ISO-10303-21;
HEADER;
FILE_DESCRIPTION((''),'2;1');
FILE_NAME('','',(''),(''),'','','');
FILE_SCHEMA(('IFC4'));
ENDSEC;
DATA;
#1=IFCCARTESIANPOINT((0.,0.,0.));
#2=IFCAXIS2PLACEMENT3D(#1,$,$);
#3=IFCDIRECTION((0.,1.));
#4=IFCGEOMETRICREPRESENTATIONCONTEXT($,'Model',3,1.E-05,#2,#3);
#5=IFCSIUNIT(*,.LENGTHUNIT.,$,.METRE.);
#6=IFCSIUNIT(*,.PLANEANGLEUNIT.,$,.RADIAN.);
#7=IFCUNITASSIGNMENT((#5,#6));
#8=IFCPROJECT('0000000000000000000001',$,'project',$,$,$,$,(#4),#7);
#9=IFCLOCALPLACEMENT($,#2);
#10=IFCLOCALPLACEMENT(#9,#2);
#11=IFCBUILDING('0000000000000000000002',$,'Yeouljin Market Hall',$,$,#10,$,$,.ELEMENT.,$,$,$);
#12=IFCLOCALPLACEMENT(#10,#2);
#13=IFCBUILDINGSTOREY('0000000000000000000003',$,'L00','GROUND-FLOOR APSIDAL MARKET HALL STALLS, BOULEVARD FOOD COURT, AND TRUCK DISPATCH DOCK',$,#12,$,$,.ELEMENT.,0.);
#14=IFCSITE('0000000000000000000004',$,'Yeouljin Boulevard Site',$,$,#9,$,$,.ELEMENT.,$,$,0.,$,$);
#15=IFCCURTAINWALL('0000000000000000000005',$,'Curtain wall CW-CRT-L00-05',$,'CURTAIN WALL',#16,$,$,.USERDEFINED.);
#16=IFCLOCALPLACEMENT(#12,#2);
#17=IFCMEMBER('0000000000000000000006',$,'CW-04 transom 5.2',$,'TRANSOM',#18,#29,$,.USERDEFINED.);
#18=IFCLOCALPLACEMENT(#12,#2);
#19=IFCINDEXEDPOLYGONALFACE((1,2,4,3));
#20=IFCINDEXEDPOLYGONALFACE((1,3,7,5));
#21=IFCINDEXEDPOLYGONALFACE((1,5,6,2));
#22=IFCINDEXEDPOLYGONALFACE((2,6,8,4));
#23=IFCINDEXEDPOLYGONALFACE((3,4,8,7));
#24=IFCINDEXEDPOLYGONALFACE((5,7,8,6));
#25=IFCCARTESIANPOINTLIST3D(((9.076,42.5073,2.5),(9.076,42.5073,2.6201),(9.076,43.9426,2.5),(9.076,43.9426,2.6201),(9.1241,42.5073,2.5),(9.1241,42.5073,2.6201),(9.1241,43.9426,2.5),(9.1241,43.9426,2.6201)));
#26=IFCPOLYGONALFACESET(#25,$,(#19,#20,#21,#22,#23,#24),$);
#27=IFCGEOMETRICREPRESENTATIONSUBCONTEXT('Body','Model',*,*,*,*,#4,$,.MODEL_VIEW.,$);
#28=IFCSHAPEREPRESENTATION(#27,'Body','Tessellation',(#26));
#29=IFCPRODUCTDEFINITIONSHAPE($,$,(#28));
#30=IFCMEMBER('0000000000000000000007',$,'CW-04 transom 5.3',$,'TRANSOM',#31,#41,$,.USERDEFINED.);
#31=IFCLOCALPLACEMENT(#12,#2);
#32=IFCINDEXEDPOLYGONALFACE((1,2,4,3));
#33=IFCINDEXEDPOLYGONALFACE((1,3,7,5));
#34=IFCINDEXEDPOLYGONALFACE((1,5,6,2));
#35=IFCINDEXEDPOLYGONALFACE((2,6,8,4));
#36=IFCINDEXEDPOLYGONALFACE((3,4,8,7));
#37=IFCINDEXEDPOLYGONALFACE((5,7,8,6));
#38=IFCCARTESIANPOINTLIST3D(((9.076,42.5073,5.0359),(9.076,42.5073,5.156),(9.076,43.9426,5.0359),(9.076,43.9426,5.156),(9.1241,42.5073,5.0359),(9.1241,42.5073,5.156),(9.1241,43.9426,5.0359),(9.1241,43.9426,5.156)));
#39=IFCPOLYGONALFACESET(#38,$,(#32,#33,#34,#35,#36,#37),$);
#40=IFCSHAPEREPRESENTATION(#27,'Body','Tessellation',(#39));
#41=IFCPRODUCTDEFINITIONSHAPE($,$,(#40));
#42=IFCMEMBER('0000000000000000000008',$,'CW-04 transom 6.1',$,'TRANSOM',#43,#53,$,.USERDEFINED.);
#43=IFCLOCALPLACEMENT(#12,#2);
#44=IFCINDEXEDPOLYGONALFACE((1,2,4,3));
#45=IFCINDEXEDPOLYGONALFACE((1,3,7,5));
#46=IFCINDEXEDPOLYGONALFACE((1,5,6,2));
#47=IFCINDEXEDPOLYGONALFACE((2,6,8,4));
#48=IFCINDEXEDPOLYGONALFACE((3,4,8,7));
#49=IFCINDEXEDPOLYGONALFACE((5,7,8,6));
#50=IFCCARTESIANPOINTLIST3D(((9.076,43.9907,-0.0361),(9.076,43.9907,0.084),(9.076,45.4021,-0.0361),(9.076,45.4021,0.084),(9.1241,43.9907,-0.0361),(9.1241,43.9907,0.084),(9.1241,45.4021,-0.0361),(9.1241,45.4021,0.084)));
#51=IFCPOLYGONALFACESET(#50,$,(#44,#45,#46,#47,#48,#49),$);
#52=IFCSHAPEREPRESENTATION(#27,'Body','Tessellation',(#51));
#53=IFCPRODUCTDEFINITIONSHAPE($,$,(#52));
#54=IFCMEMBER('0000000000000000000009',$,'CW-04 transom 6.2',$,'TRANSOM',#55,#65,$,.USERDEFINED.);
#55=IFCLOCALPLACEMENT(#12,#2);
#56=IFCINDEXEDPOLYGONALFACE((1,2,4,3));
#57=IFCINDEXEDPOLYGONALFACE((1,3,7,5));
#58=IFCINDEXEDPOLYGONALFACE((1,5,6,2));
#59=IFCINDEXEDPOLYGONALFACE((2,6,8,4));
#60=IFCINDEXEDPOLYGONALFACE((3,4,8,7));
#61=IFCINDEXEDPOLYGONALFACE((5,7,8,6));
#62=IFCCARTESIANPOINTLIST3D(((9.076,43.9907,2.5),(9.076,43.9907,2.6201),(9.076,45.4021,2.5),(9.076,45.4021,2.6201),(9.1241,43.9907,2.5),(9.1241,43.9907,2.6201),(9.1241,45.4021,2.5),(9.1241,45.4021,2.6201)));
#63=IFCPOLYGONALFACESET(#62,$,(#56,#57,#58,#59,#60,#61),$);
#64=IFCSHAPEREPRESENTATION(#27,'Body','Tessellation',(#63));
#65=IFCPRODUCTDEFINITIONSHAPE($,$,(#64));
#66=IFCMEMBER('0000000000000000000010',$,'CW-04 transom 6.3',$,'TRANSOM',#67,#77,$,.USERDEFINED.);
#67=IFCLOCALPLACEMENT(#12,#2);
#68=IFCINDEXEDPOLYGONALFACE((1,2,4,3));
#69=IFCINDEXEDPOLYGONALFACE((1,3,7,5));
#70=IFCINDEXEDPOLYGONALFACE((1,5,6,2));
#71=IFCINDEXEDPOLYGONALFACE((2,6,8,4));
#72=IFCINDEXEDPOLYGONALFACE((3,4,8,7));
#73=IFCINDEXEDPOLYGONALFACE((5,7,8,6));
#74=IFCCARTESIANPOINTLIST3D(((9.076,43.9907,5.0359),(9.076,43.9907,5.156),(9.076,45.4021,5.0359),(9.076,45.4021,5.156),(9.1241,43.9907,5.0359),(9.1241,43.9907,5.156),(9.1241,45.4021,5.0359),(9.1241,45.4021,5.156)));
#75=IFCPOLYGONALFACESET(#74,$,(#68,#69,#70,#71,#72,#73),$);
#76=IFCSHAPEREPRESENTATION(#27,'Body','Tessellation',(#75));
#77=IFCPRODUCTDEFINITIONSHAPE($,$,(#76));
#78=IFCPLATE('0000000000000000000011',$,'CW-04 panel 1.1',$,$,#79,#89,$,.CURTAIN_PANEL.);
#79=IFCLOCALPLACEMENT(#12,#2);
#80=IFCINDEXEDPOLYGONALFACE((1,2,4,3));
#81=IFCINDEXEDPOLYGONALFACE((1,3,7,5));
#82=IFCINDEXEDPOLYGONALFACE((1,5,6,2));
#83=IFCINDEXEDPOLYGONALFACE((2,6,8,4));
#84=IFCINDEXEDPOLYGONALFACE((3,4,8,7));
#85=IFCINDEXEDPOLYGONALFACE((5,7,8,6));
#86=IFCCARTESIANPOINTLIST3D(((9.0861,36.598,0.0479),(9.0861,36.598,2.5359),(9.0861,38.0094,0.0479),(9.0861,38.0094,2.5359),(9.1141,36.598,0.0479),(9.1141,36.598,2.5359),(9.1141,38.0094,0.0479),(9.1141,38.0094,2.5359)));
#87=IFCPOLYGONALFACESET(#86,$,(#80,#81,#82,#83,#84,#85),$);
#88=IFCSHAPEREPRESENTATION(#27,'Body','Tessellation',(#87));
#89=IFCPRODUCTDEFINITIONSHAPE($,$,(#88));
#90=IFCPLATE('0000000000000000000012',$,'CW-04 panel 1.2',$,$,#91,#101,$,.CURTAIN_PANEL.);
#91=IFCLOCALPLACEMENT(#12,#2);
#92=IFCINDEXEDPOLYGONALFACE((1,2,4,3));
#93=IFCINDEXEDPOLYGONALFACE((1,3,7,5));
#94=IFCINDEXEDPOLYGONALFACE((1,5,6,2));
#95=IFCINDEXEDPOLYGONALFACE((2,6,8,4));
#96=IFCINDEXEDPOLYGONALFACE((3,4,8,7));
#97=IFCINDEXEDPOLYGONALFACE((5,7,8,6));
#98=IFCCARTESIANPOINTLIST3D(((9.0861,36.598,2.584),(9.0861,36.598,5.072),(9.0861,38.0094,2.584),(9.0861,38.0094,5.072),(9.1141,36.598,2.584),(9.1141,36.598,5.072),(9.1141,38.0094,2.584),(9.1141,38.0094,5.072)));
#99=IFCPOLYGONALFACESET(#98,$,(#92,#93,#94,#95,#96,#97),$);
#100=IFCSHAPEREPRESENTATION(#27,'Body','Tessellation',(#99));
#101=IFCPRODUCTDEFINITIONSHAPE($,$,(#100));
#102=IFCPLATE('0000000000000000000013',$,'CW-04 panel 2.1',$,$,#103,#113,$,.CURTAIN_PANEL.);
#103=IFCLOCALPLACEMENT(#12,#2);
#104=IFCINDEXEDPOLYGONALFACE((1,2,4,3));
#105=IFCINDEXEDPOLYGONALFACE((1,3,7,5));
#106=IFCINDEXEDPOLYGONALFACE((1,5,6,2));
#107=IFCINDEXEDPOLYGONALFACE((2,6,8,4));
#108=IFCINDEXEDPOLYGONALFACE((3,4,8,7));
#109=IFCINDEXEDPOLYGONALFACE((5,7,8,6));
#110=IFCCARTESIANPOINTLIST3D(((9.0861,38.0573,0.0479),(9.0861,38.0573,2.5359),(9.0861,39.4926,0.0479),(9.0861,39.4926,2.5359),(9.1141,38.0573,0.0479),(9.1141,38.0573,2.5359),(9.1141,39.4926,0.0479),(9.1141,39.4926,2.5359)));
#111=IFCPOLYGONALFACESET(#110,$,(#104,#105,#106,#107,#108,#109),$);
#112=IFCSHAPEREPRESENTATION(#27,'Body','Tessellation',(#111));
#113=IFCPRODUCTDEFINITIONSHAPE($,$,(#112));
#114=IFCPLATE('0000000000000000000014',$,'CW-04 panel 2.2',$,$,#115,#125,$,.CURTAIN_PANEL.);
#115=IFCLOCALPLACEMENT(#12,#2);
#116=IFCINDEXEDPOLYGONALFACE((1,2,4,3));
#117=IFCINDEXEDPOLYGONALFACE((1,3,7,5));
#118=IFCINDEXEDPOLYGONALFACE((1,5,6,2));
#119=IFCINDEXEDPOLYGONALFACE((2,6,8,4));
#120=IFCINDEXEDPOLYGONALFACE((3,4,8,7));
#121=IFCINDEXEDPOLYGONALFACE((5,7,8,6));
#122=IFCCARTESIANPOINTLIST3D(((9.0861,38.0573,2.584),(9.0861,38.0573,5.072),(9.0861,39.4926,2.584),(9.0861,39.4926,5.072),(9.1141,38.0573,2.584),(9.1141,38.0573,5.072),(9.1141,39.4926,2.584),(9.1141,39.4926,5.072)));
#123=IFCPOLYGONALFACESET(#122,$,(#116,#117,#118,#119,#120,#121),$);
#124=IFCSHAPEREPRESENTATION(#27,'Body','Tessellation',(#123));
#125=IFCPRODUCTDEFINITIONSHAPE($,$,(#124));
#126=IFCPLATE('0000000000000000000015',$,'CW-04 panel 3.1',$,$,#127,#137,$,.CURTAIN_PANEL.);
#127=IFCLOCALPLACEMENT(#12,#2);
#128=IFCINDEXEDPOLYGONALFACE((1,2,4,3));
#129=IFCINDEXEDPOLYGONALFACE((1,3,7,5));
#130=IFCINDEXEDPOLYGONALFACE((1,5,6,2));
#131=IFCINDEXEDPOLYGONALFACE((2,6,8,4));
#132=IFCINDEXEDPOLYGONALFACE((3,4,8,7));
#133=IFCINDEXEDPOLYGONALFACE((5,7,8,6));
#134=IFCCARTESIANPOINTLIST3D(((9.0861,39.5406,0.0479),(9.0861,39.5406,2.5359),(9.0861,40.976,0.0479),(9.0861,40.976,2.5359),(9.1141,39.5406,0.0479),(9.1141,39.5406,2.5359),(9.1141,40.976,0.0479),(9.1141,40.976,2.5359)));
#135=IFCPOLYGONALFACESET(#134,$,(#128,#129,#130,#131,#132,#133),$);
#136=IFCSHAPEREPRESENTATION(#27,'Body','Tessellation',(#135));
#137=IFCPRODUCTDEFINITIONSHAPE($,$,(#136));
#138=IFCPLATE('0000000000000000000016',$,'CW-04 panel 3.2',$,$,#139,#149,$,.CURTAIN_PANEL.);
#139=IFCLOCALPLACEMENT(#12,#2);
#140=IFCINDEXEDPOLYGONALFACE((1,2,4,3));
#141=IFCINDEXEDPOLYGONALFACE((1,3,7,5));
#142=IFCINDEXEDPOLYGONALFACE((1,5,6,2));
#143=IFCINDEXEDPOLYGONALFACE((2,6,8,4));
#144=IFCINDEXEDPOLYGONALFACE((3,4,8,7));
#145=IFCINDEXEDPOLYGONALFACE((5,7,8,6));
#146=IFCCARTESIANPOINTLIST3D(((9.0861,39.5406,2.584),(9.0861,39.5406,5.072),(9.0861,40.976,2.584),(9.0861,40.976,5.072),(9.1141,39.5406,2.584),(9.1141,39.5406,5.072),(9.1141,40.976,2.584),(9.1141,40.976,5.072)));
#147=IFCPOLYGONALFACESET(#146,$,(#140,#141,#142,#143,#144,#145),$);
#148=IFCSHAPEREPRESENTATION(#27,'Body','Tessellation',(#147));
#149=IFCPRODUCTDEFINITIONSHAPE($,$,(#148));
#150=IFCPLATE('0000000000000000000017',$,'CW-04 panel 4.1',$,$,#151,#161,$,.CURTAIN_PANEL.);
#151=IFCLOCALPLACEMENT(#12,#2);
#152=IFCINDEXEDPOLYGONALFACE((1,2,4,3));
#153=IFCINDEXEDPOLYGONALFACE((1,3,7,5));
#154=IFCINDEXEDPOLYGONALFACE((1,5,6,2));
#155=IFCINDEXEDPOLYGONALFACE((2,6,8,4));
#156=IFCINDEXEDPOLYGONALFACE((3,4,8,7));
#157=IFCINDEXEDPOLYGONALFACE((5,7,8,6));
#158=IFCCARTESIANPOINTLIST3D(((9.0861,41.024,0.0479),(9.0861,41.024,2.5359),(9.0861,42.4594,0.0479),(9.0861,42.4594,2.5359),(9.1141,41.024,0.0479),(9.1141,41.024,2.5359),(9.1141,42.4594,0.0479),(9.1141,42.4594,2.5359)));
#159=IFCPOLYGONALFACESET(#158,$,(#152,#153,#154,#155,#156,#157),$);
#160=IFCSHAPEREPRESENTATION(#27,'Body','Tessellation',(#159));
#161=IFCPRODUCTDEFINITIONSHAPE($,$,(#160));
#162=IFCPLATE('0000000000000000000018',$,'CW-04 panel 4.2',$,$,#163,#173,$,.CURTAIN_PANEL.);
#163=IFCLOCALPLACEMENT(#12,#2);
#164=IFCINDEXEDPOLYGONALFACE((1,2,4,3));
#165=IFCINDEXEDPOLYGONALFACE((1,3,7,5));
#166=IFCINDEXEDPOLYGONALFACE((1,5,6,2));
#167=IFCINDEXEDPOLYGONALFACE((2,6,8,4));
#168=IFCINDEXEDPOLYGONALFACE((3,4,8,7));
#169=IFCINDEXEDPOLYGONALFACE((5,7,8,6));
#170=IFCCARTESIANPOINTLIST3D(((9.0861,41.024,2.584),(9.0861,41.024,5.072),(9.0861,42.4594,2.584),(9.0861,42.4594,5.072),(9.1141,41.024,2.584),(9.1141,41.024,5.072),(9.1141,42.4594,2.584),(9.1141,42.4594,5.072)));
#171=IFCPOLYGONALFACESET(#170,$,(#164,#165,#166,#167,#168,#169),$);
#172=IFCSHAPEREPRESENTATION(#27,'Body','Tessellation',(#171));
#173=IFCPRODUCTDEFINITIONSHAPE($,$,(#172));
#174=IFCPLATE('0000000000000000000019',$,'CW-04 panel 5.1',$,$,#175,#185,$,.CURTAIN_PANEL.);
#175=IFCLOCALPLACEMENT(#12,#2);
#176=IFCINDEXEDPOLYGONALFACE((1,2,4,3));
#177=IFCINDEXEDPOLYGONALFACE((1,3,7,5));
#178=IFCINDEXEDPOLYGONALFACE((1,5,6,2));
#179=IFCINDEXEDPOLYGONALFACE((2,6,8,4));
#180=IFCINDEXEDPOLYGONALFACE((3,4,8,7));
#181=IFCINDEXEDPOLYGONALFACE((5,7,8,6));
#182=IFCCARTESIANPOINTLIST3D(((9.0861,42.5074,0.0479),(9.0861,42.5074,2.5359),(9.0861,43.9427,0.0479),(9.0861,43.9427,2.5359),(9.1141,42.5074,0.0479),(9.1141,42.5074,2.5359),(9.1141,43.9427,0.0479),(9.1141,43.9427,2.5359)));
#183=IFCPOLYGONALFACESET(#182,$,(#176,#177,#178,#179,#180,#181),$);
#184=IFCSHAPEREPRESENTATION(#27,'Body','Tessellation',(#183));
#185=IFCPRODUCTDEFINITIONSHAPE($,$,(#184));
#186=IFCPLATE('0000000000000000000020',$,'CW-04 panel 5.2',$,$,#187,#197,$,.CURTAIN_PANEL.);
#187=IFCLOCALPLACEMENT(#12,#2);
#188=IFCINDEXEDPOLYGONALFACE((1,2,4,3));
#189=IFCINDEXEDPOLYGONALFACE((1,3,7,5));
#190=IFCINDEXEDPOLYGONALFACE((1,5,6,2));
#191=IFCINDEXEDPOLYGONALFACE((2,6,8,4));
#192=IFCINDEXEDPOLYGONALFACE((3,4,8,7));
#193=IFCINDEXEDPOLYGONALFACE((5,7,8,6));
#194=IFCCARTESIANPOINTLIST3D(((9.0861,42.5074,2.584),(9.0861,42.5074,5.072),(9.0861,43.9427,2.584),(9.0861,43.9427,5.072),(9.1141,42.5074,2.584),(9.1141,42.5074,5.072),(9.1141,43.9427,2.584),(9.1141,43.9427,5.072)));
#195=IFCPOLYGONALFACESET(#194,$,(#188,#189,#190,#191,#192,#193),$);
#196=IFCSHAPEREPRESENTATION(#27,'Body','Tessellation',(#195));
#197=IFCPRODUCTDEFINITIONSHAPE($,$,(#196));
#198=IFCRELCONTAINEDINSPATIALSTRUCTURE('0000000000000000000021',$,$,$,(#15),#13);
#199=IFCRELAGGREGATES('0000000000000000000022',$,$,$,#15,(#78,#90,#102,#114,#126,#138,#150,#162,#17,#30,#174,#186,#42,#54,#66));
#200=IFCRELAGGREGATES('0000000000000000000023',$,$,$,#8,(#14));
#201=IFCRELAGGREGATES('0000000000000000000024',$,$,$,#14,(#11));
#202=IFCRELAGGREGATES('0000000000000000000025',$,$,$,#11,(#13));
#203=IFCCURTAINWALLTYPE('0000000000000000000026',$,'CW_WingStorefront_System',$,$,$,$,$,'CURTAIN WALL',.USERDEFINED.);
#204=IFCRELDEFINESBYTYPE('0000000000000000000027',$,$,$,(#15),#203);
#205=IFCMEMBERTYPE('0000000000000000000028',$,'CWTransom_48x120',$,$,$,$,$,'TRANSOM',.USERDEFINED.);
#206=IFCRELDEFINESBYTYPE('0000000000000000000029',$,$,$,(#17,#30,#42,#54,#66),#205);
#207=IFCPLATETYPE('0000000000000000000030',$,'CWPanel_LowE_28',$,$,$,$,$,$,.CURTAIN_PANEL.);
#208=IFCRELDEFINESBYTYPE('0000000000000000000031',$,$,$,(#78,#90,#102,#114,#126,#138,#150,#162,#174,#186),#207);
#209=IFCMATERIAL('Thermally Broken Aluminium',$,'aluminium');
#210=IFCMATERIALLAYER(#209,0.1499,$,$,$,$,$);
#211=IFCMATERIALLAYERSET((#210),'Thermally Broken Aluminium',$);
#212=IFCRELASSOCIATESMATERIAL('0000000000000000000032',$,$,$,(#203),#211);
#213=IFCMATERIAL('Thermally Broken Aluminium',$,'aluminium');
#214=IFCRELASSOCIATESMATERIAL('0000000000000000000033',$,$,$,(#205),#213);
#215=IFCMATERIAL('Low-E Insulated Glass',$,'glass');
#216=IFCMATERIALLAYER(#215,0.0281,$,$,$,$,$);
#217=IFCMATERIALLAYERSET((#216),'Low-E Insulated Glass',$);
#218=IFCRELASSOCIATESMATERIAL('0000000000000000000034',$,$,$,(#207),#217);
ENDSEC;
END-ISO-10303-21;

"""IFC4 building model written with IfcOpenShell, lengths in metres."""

from ifc_helpers import new_model, si_unit, direction, frame, origin, origin_2d, place, context, subcontext, project, spatial, rectangle, extrude, material, layer, layer_set, material_profile, profile_set, type_object, element, aggregate, save


model = new_model("IFC4")

# Units and contexts
model_context = context("Model", 3, precision=1e-05, world=origin(), true_north=direction((0.0, 1.0)))
body_context = subcontext(model_context, "Body", "Model", "MODEL_VIEW")
ifc_project = project(units=[si_unit("LENGTHUNIT", "METRE"), si_unit("PLANEANGLEUNIT", "RADIAN")], contexts=[model_context])

# Site, building, storey
site_placement = place(None, origin())
site = spatial("IfcSite", under=ifc_project, at=site_placement, Name="Yeouljin Boulevard Site", CompositionType="ELEMENT", RefElevation=0.0)
building_placement = place(site_placement, origin())
building = spatial("IfcBuilding", under=site, at=building_placement, Name="Yeouljin Market Hall", CompositionType="ELEMENT")
storey_placement = place(building_placement, origin())
storey = spatial("IfcBuildingStorey", under=building, at=storey_placement, Name="L00", Description="GROUND-FLOOR APSIDAL MARKET HALL STALLS, BOULEVARD FOOD COURT, AND TRUCK DISPATCH DOCK", CompositionType="ELEMENT", Elevation=0.0)

# Curtain wall, members, plates
ifc_material_1 = material(Name="Thermally Broken Aluminium", Category="aluminium")
ifc_layer_1 = layer(ifc_material_1, 0.1499)
ifc_layer_set_1 = layer_set([ifc_layer_1], Name="Thermally Broken Aluminium")
curtain_wall_type = type_object("IfcCurtainWallType", Name="CW_WingStorefront_System", ElementType="CURTAIN WALL", PredefinedType="USERDEFINED", material=ifc_layer_set_1)
curtain_wall_placement = place(storey_placement, origin())
curtain_wall = element("IfcCurtainWall", 1, at=curtain_wall_placement, inside=storey, type_object=curtain_wall_type, Name="Curtain wall CW-CRT-L00-05", ObjectType="CURTAIN WALL", PredefinedType="USERDEFINED")
ifc_material_2 = material(Name="Thermally Broken Aluminium", Category="aluminium")
ifc_material_profile_1 = material_profile(ifc_material_2, rectangle(XDim=0.0481, YDim=0.1201, at=origin_2d()), Name="CW-TRAN-48x120")
ifc_profile_set_1 = profile_set([ifc_material_profile_1], Name="Thermally Broken Aluminium")
member_type_1 = type_object("IfcMemberType", Name="CWTransom_48x120", ElementType="TRANSOM", PredefinedType="USERDEFINED", material=ifc_profile_set_1)
member_1_placement = place(storey_placement, frame((9.1001, 42.5073, 2.5601), z_axis=(0.0, 1.0, 0.0), x_axis=(-1.0, 0.0, 0.0)))
member_1 = element("IfcMember", 2, at=member_1_placement, type_object=member_type_1, Name="CW-04 transom 5.2", ObjectType="TRANSOM", PredefinedType="USERDEFINED", context=body_context, shape_type="SweptSolid", body=[
    extrude(rectangle(XDim=0.0481, YDim=0.1201, at=origin_2d()), origin(), (0.0, 0.0, 1.0), 1.4353),
])
member_2_placement = place(storey_placement, frame((9.1001, 42.5073, 5.0959), z_axis=(0.0, 1.0, 0.0), x_axis=(-1.0, 0.0, 0.0)))
member_2 = element("IfcMember", 3, at=member_2_placement, type_object=member_type_1, Name="CW-04 transom 5.3", ObjectType="TRANSOM", PredefinedType="USERDEFINED", context=body_context, shape_type="SweptSolid", body=[
    extrude(rectangle(XDim=0.0481, YDim=0.1201, at=origin_2d()), origin(), (0.0, 0.0, 1.0), 1.4353),
])
member_3_placement = place(storey_placement, frame((9.1001, 43.9907, 0.0239), z_axis=(0.0, 1.0, 0.0), x_axis=(-1.0, 0.0, 0.0)))
member_3 = element("IfcMember", 4, at=member_3_placement, type_object=member_type_1, Name="CW-04 transom 6.1", ObjectType="TRANSOM", PredefinedType="USERDEFINED", context=body_context, shape_type="SweptSolid", body=[
    extrude(rectangle(XDim=0.0481, YDim=0.1201, at=origin_2d()), origin(), (0.0, 0.0, 1.0), 1.4114),
])
member_4_placement = place(storey_placement, frame((9.1001, 43.9907, 2.5601), z_axis=(0.0, 1.0, 0.0), x_axis=(-1.0, 0.0, 0.0)))
member_4 = element("IfcMember", 5, at=member_4_placement, type_object=member_type_1, Name="CW-04 transom 6.2", ObjectType="TRANSOM", PredefinedType="USERDEFINED", context=body_context, shape_type="SweptSolid", body=[
    extrude(rectangle(XDim=0.0481, YDim=0.1201, at=origin_2d()), origin(), (0.0, 0.0, 1.0), 1.4114),
])
member_5_placement = place(storey_placement, frame((9.1001, 43.9907, 5.0959), z_axis=(0.0, 1.0, 0.0), x_axis=(-1.0, 0.0, 0.0)))
member_5 = element("IfcMember", 6, at=member_5_placement, type_object=member_type_1, Name="CW-04 transom 6.3", ObjectType="TRANSOM", PredefinedType="USERDEFINED", context=body_context, shape_type="SweptSolid", body=[
    extrude(rectangle(XDim=0.0481, YDim=0.1201, at=origin_2d()), origin(), (0.0, 0.0, 1.0), 1.4114),
])
ifc_material_3 = material(Name="Low-E Insulated Glass", Category="glass")
ifc_layer_2 = layer(ifc_material_3, 0.0281)
ifc_layer_set_2 = layer_set([ifc_layer_2], Name="Low-E Insulated Glass")
plate_type = type_object("IfcPlateType", Name="CWPanel_LowE_28", PredefinedType="CURTAIN_PANEL", material=ifc_layer_set_2)
plate_1_placement = place(storey_placement, frame((9.1001, 37.3037, 0.0479), z_axis=(0.0, 0.0, 1.0), x_axis=(0.0, 1.0, 0.0)))
plate_1 = element("IfcPlate", 7, at=plate_1_placement, type_object=plate_type, Name="CW-04 panel 1.1", PredefinedType="CURTAIN_PANEL", context=body_context, shape_type="SweptSolid", body=[
    extrude(rectangle(XDim=1.4114, YDim=0.0281, at=origin_2d()), origin(), (0.0, 0.0, 1.0), 2.488),
])
plate_2_placement = place(storey_placement, frame((9.1001, 37.3037, 2.584), z_axis=(0.0, 0.0, 1.0), x_axis=(0.0, 1.0, 0.0)))
plate_2 = element("IfcPlate", 8, at=plate_2_placement, type_object=plate_type, Name="CW-04 panel 1.2", PredefinedType="CURTAIN_PANEL", context=body_context, shape_type="SweptSolid", body=[
    extrude(rectangle(XDim=1.4114, YDim=0.0281, at=origin_2d()), origin(), (0.0, 0.0, 1.0), 2.488),
])
plate_3_placement = place(storey_placement, frame((9.1001, 38.7749, 0.0479), z_axis=(0.0, 0.0, 1.0), x_axis=(0.0, 1.0, 0.0)))
plate_3 = element("IfcPlate", 9, at=plate_3_placement, type_object=plate_type, Name="CW-04 panel 2.1", PredefinedType="CURTAIN_PANEL", context=body_context, shape_type="SweptSolid", body=[
    extrude(rectangle(XDim=1.4353, YDim=0.0281, at=origin_2d()), origin(), (0.0, 0.0, 1.0), 2.488),
])
plate_4_placement = place(storey_placement, frame((9.1001, 38.7749, 2.584), z_axis=(0.0, 0.0, 1.0), x_axis=(0.0, 1.0, 0.0)))
plate_4 = element("IfcPlate", 10, at=plate_4_placement, type_object=plate_type, Name="CW-04 panel 2.2", PredefinedType="CURTAIN_PANEL", context=body_context, shape_type="SweptSolid", body=[
    extrude(rectangle(XDim=1.4353, YDim=0.0281, at=origin_2d()), origin(), (0.0, 0.0, 1.0), 2.488),
])
plate_5_placement = place(storey_placement, frame((9.1001, 40.2583, 0.0479), z_axis=(0.0, 0.0, 1.0), x_axis=(0.0, 1.0, 0.0)))
plate_5 = element("IfcPlate", 11, at=plate_5_placement, type_object=plate_type, Name="CW-04 panel 3.1", PredefinedType="CURTAIN_PANEL", context=body_context, shape_type="SweptSolid", body=[
    extrude(rectangle(XDim=1.4353, YDim=0.0281, at=origin_2d()), origin(), (0.0, 0.0, 1.0), 2.488),
])
plate_6_placement = place(storey_placement, frame((9.1001, 40.2583, 2.584), z_axis=(0.0, 0.0, 1.0), x_axis=(0.0, 1.0, 0.0)))
plate_6 = element("IfcPlate", 12, at=plate_6_placement, type_object=plate_type, Name="CW-04 panel 3.2", PredefinedType="CURTAIN_PANEL", context=body_context, shape_type="SweptSolid", body=[
    extrude(rectangle(XDim=1.4353, YDim=0.0281, at=origin_2d()), origin(), (0.0, 0.0, 1.0), 2.488),
])
plate_7_placement = place(storey_placement, frame((9.1001, 41.7417, 0.0479), z_axis=(0.0, 0.0, 1.0), x_axis=(0.0, 1.0, 0.0)))
plate_7 = element("IfcPlate", 13, at=plate_7_placement, type_object=plate_type, Name="CW-04 panel 4.1", PredefinedType="CURTAIN_PANEL", context=body_context, shape_type="SweptSolid", body=[
    extrude(rectangle(XDim=1.4353, YDim=0.0281, at=origin_2d()), origin(), (0.0, 0.0, 1.0), 2.488),
])
plate_8_placement = place(storey_placement, frame((9.1001, 41.7417, 2.584), z_axis=(0.0, 0.0, 1.0), x_axis=(0.0, 1.0, 0.0)))
plate_8 = element("IfcPlate", 14, at=plate_8_placement, type_object=plate_type, Name="CW-04 panel 4.2", PredefinedType="CURTAIN_PANEL", context=body_context, shape_type="SweptSolid", body=[
    extrude(rectangle(XDim=1.4353, YDim=0.0281, at=origin_2d()), origin(), (0.0, 0.0, 1.0), 2.488),
])
plate_9_placement = place(storey_placement, frame((9.1001, 43.2251, 0.0479), z_axis=(0.0, 0.0, 1.0), x_axis=(0.0, 1.0, 0.0)))
plate_9 = element("IfcPlate", 15, at=plate_9_placement, type_object=plate_type, Name="CW-04 panel 5.1", PredefinedType="CURTAIN_PANEL", context=body_context, shape_type="SweptSolid", body=[
    extrude(rectangle(XDim=1.4353, YDim=0.0281, at=origin_2d()), origin(), (0.0, 0.0, 1.0), 2.488),
])
plate_10_placement = place(storey_placement, frame((9.1001, 43.2251, 2.584), z_axis=(0.0, 0.0, 1.0), x_axis=(0.0, 1.0, 0.0)))
plate_10 = element("IfcPlate", 16, at=plate_10_placement, type_object=plate_type, Name="CW-04 panel 5.2", PredefinedType="CURTAIN_PANEL", context=body_context, shape_type="SweptSolid", body=[
    extrude(rectangle(XDim=1.4353, YDim=0.0281, at=origin_2d()), origin(), (0.0, 0.0, 1.0), 2.488),
])
aggregate(curtain_wall, [plate_1, plate_2, plate_3, plate_4, plate_5, plate_6, plate_7, plate_8, member_1, member_2, plate_9, plate_10, member_3, member_4, member_5])

save(model, "model.ifc")
